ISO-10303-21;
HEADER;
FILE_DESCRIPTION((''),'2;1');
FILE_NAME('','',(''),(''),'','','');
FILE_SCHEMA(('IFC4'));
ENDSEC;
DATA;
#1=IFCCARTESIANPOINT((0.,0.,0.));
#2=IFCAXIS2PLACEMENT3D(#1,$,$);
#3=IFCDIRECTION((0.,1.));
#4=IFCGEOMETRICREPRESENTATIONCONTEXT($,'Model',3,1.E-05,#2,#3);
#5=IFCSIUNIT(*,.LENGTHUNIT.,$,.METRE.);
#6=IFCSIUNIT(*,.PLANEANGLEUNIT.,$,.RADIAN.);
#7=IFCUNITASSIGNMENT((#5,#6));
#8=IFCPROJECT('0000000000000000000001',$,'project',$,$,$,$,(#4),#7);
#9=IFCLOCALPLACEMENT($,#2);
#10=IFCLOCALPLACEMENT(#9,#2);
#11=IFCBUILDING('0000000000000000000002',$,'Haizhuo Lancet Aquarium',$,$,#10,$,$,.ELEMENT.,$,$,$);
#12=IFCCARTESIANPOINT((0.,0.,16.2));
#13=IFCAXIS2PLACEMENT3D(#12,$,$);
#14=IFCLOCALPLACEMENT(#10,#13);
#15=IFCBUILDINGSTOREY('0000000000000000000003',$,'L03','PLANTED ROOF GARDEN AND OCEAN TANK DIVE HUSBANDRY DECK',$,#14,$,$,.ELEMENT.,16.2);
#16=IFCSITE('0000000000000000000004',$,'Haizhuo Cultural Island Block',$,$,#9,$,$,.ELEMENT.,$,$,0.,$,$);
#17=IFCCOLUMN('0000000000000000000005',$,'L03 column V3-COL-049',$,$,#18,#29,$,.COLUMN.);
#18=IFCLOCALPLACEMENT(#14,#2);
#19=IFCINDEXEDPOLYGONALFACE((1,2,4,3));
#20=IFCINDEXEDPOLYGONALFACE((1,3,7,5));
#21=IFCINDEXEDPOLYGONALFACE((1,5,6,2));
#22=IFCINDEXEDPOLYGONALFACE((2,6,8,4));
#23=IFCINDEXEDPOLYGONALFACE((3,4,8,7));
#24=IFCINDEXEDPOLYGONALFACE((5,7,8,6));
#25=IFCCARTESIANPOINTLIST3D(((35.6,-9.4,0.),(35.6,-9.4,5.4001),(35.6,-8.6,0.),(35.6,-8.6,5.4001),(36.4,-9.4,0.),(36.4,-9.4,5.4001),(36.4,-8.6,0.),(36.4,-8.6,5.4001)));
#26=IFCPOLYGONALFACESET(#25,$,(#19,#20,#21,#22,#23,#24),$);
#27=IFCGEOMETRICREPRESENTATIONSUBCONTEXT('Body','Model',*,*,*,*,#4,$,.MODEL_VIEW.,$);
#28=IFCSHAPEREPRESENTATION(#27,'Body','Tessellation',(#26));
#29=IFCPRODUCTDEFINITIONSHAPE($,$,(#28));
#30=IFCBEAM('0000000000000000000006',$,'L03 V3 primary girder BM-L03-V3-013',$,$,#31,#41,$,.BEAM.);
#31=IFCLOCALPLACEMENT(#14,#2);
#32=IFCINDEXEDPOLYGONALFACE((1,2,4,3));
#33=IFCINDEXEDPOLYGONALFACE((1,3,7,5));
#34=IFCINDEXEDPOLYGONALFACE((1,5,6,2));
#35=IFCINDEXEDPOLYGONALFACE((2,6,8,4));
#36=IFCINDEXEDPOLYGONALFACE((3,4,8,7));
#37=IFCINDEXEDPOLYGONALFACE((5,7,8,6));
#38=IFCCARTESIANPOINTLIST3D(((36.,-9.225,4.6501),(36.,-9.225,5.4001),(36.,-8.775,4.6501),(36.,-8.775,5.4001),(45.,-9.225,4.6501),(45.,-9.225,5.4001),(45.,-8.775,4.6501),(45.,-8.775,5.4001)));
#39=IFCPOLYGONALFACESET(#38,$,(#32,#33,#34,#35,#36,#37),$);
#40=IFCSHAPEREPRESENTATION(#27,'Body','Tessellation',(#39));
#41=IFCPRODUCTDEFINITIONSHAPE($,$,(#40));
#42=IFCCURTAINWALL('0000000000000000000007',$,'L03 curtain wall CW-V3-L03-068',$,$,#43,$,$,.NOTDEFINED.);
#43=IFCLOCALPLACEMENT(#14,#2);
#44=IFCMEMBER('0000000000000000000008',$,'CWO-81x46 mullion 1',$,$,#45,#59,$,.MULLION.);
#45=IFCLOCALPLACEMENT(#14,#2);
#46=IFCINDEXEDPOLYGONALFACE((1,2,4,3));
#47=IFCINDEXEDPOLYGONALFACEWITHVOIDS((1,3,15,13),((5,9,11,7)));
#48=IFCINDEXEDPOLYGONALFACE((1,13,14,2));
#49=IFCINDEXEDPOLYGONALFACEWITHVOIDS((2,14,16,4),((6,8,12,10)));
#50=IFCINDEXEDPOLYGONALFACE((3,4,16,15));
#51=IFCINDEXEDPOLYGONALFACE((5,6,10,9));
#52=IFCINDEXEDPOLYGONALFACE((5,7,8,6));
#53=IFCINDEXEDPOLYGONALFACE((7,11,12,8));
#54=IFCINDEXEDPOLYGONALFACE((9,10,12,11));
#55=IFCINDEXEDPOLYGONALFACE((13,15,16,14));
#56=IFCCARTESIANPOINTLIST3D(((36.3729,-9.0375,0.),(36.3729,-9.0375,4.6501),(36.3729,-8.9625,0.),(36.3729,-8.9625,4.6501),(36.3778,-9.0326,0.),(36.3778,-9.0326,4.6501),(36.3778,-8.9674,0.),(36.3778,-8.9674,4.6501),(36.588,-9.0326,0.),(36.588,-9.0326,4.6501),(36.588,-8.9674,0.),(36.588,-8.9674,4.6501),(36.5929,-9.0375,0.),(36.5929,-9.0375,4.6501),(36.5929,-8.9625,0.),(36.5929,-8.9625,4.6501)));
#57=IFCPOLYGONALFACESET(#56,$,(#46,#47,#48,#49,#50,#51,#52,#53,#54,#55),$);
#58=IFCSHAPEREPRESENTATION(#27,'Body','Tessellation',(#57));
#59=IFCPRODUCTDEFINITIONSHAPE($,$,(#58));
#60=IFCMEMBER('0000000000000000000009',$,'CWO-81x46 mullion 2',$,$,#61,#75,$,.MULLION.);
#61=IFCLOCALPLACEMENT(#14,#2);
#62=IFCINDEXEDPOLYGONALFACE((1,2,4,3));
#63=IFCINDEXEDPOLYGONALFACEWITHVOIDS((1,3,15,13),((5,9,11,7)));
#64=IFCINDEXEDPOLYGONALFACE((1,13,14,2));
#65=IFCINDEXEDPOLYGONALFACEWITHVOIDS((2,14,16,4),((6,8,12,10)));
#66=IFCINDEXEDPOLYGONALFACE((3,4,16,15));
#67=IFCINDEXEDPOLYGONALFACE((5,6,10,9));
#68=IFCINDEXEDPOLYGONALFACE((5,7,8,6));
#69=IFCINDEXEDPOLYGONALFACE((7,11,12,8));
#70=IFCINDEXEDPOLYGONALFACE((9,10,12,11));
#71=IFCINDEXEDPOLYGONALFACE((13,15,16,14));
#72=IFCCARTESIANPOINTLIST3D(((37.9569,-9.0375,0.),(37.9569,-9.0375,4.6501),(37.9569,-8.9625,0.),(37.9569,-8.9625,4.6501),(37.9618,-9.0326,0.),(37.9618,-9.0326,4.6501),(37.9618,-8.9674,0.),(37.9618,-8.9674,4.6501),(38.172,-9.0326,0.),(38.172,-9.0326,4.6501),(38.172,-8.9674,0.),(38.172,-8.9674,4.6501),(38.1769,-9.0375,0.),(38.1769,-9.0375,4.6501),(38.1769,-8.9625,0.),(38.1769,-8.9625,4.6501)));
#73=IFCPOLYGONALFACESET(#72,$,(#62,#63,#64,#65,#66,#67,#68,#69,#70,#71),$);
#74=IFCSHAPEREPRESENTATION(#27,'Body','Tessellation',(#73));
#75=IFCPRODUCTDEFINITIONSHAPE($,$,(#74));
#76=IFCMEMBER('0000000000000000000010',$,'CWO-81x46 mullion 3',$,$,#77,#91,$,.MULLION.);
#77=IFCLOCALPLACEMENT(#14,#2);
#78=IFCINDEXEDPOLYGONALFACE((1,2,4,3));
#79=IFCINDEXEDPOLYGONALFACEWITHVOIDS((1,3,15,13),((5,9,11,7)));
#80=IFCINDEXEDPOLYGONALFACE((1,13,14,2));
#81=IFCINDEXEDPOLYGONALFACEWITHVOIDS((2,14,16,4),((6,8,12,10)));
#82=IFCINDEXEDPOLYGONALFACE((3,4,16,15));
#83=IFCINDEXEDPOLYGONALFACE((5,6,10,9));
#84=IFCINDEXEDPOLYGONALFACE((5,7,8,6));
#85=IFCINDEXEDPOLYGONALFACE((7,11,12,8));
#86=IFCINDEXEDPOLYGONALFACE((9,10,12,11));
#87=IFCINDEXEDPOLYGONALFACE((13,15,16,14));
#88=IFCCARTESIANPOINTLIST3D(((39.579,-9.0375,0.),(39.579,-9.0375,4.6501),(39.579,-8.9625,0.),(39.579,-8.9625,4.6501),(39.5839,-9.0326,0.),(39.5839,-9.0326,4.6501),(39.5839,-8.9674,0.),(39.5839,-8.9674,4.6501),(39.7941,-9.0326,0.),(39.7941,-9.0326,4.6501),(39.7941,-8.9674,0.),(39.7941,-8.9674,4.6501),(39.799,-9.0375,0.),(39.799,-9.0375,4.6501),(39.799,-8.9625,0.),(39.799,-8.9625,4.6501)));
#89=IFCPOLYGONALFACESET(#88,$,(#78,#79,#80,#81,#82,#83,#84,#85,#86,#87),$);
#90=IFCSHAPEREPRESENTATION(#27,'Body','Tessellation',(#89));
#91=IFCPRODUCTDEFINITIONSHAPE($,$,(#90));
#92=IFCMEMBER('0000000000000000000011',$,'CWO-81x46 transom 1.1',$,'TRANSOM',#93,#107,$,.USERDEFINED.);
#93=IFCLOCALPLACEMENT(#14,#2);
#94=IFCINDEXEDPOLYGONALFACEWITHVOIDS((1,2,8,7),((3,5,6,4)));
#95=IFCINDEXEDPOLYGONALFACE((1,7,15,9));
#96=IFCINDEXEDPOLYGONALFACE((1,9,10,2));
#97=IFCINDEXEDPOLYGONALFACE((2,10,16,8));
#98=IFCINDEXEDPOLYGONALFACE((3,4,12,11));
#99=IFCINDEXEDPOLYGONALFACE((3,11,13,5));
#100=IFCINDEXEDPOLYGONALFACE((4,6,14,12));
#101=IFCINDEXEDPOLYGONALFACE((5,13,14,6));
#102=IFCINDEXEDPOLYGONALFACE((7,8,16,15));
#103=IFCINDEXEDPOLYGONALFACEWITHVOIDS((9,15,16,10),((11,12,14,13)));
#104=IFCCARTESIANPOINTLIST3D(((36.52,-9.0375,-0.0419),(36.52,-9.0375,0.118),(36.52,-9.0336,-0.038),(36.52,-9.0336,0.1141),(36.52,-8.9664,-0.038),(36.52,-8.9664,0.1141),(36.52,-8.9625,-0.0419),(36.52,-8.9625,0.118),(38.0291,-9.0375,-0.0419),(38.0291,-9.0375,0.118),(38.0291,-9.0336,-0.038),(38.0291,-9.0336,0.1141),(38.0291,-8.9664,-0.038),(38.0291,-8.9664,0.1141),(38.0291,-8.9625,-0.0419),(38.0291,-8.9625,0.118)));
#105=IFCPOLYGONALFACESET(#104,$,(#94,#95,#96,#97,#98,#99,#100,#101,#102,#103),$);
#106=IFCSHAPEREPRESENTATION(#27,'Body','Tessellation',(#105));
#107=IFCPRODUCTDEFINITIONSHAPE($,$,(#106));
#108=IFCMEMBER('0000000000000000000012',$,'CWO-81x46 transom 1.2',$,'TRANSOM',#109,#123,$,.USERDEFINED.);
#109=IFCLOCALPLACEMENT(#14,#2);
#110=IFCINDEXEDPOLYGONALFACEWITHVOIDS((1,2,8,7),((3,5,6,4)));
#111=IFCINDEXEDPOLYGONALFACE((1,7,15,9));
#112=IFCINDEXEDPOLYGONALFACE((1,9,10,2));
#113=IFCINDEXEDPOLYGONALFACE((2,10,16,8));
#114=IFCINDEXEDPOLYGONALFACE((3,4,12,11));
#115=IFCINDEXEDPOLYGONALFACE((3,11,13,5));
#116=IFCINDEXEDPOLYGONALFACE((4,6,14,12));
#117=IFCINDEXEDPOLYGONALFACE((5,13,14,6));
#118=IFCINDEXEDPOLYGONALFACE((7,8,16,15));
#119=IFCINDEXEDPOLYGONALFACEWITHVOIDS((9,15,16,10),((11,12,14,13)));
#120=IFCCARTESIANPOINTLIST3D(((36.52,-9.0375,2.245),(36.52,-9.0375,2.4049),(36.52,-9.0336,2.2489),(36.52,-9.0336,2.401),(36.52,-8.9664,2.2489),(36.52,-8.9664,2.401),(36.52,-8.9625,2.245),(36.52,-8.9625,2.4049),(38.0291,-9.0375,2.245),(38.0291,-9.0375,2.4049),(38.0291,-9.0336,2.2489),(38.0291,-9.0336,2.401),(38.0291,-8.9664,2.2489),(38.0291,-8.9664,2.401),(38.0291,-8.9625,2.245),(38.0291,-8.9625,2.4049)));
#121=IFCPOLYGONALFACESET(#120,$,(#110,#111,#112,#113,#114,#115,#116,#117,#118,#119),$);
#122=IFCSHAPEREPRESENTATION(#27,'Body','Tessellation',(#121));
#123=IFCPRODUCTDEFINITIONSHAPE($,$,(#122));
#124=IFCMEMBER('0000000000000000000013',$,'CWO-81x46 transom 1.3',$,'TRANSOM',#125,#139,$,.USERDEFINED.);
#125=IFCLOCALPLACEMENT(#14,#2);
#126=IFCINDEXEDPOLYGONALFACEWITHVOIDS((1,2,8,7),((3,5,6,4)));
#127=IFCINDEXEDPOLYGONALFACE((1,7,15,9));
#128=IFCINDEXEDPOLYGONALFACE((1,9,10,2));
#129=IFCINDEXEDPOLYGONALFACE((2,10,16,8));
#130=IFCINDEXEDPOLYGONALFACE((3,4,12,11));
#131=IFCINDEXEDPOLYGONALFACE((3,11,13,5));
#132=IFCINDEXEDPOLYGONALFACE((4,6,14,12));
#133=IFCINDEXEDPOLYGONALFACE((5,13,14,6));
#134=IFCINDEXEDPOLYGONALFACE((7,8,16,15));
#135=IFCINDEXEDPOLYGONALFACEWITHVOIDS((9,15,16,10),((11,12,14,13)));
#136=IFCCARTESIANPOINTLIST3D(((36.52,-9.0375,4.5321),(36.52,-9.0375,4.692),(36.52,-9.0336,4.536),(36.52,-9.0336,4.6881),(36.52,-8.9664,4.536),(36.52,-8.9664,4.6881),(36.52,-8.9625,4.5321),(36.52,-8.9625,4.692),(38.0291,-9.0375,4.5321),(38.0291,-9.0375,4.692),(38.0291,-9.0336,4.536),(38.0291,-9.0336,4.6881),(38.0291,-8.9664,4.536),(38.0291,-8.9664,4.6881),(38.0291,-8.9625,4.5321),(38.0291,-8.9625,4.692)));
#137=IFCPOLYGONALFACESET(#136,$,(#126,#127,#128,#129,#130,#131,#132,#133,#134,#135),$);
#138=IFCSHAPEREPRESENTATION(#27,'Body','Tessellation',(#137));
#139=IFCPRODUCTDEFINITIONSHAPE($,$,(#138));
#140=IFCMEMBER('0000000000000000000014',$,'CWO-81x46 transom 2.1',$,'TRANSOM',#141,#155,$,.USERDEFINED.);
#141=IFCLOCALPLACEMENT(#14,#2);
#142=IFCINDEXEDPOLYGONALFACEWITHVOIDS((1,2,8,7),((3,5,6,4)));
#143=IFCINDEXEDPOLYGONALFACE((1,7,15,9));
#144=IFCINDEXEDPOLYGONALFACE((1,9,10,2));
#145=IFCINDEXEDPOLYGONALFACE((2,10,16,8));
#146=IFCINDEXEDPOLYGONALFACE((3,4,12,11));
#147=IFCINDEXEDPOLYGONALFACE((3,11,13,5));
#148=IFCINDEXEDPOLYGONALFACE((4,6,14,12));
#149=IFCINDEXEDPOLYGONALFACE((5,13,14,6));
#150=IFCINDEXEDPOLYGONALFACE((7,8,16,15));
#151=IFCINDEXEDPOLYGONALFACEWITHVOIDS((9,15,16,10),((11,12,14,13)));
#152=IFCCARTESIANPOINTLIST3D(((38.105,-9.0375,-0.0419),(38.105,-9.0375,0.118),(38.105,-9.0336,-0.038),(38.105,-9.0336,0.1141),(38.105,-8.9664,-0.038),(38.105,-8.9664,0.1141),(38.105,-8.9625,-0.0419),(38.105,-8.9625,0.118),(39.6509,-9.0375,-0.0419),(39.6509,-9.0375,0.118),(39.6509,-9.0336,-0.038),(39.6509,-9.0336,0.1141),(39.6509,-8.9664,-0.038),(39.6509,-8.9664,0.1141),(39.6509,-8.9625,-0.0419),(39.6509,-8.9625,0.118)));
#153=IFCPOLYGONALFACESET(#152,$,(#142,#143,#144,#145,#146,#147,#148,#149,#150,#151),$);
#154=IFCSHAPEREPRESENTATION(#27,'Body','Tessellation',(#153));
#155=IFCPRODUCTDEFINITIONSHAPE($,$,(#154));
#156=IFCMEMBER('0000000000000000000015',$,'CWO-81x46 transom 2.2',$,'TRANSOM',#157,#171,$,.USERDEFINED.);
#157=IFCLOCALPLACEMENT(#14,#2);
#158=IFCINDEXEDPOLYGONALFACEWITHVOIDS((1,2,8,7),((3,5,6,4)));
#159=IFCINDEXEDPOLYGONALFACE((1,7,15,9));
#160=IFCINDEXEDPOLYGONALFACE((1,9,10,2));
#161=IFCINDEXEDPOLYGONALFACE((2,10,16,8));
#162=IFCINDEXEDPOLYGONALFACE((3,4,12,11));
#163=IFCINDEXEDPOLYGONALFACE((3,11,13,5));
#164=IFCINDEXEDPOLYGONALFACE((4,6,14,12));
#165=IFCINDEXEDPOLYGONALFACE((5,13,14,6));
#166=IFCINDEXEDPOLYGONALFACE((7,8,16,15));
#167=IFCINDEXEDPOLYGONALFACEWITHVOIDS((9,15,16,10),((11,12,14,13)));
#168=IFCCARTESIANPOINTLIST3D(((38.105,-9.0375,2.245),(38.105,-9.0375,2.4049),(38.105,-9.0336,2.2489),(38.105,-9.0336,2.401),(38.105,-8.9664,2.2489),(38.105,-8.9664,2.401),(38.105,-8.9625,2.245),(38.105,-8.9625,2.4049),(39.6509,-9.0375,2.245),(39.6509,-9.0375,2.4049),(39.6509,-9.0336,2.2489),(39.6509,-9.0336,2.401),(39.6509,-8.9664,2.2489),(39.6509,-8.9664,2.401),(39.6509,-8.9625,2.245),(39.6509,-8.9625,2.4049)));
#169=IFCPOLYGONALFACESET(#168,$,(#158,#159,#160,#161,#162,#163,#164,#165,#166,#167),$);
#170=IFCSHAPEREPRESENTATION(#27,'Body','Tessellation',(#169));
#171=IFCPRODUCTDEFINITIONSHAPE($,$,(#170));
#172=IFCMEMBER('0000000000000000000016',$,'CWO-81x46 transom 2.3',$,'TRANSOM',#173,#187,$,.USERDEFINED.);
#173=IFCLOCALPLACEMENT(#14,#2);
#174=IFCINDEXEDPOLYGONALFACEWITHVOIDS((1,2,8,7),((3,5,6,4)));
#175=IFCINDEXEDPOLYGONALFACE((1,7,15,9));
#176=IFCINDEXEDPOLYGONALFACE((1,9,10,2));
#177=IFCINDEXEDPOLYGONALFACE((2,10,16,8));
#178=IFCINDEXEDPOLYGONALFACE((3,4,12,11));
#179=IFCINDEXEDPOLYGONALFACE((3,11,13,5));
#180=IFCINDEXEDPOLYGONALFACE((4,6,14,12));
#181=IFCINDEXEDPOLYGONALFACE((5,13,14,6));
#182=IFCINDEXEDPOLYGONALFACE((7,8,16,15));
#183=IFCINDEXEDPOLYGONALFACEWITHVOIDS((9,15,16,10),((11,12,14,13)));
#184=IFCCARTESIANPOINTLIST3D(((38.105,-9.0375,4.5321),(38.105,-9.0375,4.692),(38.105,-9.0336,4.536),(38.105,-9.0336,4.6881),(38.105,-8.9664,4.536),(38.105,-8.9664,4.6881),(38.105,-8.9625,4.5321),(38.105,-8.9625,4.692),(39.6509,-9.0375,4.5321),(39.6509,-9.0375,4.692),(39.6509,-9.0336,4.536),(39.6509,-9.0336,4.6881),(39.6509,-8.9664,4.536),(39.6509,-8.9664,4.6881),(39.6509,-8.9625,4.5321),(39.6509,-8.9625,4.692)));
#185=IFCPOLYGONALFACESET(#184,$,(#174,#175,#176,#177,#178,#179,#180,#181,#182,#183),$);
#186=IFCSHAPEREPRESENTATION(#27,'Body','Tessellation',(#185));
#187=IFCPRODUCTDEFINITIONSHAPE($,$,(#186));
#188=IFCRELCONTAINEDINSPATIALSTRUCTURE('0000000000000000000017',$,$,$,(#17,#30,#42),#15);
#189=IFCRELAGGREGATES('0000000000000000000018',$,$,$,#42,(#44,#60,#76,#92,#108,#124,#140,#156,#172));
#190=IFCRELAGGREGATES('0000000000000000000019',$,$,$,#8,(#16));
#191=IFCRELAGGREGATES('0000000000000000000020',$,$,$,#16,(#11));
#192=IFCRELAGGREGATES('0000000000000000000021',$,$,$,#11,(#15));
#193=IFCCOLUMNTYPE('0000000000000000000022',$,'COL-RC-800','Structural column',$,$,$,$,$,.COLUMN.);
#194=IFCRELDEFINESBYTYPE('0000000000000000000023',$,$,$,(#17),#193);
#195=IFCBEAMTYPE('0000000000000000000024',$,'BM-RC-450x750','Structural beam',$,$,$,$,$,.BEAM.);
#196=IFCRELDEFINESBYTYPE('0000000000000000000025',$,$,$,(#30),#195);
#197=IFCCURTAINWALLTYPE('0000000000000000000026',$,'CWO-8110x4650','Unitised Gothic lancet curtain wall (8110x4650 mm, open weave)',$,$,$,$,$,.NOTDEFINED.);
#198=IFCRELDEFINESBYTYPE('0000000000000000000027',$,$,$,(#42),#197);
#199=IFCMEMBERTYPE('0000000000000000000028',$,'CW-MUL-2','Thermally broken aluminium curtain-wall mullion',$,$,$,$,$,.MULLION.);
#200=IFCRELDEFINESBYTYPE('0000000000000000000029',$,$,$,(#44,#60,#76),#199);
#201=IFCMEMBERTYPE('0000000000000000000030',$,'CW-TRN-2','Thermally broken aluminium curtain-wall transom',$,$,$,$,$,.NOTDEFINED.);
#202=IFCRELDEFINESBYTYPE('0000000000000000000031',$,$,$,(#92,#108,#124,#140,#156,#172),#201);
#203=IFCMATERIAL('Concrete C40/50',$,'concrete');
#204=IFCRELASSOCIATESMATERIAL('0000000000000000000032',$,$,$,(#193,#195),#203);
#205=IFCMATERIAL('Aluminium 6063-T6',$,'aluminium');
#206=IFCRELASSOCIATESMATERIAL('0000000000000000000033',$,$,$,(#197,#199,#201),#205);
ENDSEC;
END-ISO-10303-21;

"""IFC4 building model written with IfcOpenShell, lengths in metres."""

from ifc_helpers import new_model, si_unit, direction, frame, origin, origin_2d, place, context, subcontext, project, spatial, rectangle, hollow_rectangle, extrude, material, material_profile, profile_set, type_object, element, aggregate, save


model = new_model("IFC4")

# Units and contexts
model_context = context("Model", 3, precision=1e-05, world=origin(), true_north=direction((0.0, 1.0)))
body_context = subcontext(model_context, "Body", "Model", "MODEL_VIEW")
ifc_project = project(units=[si_unit("LENGTHUNIT", "METRE"), si_unit("PLANEANGLEUNIT", "RADIAN")], contexts=[model_context])

# Site, building, storey
site_placement = place(None, origin())
site = spatial("IfcSite", under=ifc_project, at=site_placement, Name="Haizhuo Cultural Island Block", CompositionType="ELEMENT", RefElevation=0.0)
building_placement = place(site_placement, origin())
building = spatial("IfcBuilding", under=site, at=building_placement, Name="Haizhuo Lancet Aquarium", CompositionType="ELEMENT")
storey_placement = place(building_placement, frame((0.0, 0.0, 16.2)))
storey = spatial("IfcBuildingStorey", under=building, at=storey_placement, Name="L03", Description="PLANTED ROOF GARDEN AND OCEAN TANK DIVE HUSBANDRY DECK", CompositionType="ELEMENT", Elevation=16.2)

# Column
ifc_material_1 = material(Name="Concrete C40/50", Category="concrete")
ifc_material_profile_1 = material_profile(ifc_material_1, rectangle(XDim=0.8, YDim=0.8, at=origin_2d()), Name="RC-COL 800x800")
ifc_profile_set_1 = profile_set([ifc_material_profile_1], Name="Concrete C40/50")
column_type = type_object("IfcColumnType", Name="COL-RC-800", Description="Structural column", PredefinedType="COLUMN", material=ifc_profile_set_1)
column_placement = place(storey_placement, frame((36.0, -9.0, 0.0), z_axis=(0.0, 0.0, 1.0), x_axis=(1.0, 0.0, 0.0)))
element("IfcColumn", 1, at=column_placement, inside=storey, type_object=column_type, Name="L03 column V3-COL-049", PredefinedType="COLUMN", context=body_context, shape_type="SweptSolid", body=[
    extrude(rectangle(XDim=0.8, YDim=0.8, at=origin_2d()), origin(), (0.0, 0.0, 1.0), 5.4001),
])

# Beam
ifc_material_profile_2 = material_profile(ifc_material_1, rectangle(XDim=0.45, YDim=0.75, at=origin_2d()), Name="RC-BM 450x750")
ifc_profile_set_2 = profile_set([ifc_material_profile_2], Name="Concrete C40/50")
beam_type = type_object("IfcBeamType", Name="BM-RC-450x750", Description="Structural beam", PredefinedType="BEAM", material=ifc_profile_set_2)
beam_placement = place(storey_placement, frame((36.0, -9.0, 5.0251), z_axis=(1.0, 0.0, 0.0), x_axis=(0.0, 1.0, 0.0)))
element("IfcBeam", 2, at=beam_placement, inside=storey, type_object=beam_type, Name="L03 V3 primary girder BM-L03-V3-013", PredefinedType="BEAM", context=body_context, shape_type="SweptSolid", body=[
    extrude(rectangle(XDim=0.45, YDim=0.75, at=origin_2d()), origin(), (0.0, 0.0, 1.0), 9.0),
])

# Curtain wall, members
ifc_material_2 = material(Name="Aluminium 6063-T6", Category="aluminium")
curtain_wall_type = type_object("IfcCurtainWallType", Name="CWO-8110x4650", Description="Unitised Gothic lancet curtain wall (8110x4650 mm, open weave)", PredefinedType="NOTDEFINED", material=ifc_material_2)
curtain_wall_placement = place(storey_placement, origin())
curtain_wall = element("IfcCurtainWall", 3, at=curtain_wall_placement, inside=storey, type_object=curtain_wall_type, Name="L03 curtain wall CW-V3-L03-068", PredefinedType="NOTDEFINED")
ifc_material_profile_3 = material_profile(ifc_material_2, hollow_rectangle(XDim=0.075, YDim=0.22, WallThickness=0.0049, at=origin_2d()), Name="ALU-M 75x220x5")
ifc_profile_set_3 = profile_set([ifc_material_profile_3], Name="Aluminium 6063-T6")
member_type_1 = type_object("IfcMemberType", Name="CW-MUL-2", Description="Thermally broken aluminium curtain-wall mullion", PredefinedType="MULLION", material=ifc_profile_set_3)
member_1_placement = place(storey_placement, frame((36.4829, -9.0, 0.0), z_axis=(0.0, 0.0, 1.0), x_axis=(0.0, 1.0, 0.0)))
member_1 = element("IfcMember", 4, at=member_1_placement, type_object=member_type_1, Name="CWO-81x46 mullion 1", PredefinedType="MULLION", context=body_context, shape_type="SweptSolid", body=[
    extrude(hollow_rectangle(XDim=0.075, YDim=0.22, WallThickness=0.0049, at=origin_2d()), origin(), (0.0, 0.0, 1.0), 4.6501),
])
member_2_placement = place(storey_placement, frame((38.0669, -9.0, 0.0), z_axis=(0.0, 0.0, 1.0), x_axis=(0.0, 1.0, 0.0)))
member_2 = element("IfcMember", 5, at=member_2_placement, type_object=member_type_1, Name="CWO-81x46 mullion 2", PredefinedType="MULLION", context=body_context, shape_type="SweptSolid", body=[
    extrude(hollow_rectangle(XDim=0.075, YDim=0.22, WallThickness=0.0049, at=origin_2d()), origin(), (0.0, 0.0, 1.0), 4.6501),
])
member_3_placement = place(storey_placement, frame((39.689, -9.0, 0.0), z_axis=(0.0, 0.0, 1.0), x_axis=(0.0, 1.0, 0.0)))
member_3 = element("IfcMember", 6, at=member_3_placement, type_object=member_type_1, Name="CWO-81x46 mullion 3", PredefinedType="MULLION", context=body_context, shape_type="SweptSolid", body=[
    extrude(hollow_rectangle(XDim=0.075, YDim=0.22, WallThickness=0.0049, at=origin_2d()), origin(), (0.0, 0.0, 1.0), 4.6501),
])
ifc_material_profile_4 = material_profile(ifc_material_2, hollow_rectangle(XDim=0.075, YDim=0.1599, WallThickness=0.0039, at=origin_2d()), Name="ALU-T 75x160x4")
ifc_profile_set_4 = profile_set([ifc_material_profile_4], Name="Aluminium 6063-T6")
member_type_2 = type_object("IfcMemberType", Name="CW-TRN-2", Description="Thermally broken aluminium curtain-wall transom", PredefinedType="NOTDEFINED", material=ifc_profile_set_4)
member_4_placement = place(storey_placement, frame((36.52, -9.0, 0.0381), z_axis=(1.0, 0.0, 0.0), x_axis=(0.0, 1.0, 0.0)))
member_4 = element("IfcMember", 7, at=member_4_placement, type_object=member_type_2, Name="CWO-81x46 transom 1.1", ObjectType="TRANSOM", PredefinedType="USERDEFINED", context=body_context, shape_type="SweptSolid", body=[
    extrude(hollow_rectangle(XDim=0.075, YDim=0.1599, WallThickness=0.0039, at=origin_2d()), origin(), (0.0, 0.0, 1.0), 1.509),
])
member_5_placement = place(storey_placement, frame((36.52, -9.0, 2.325), z_axis=(1.0, 0.0, 0.0), x_axis=(0.0, 1.0, 0.0)))
member_5 = element("IfcMember", 8, at=member_5_placement, type_object=member_type_2, Name="CWO-81x46 transom 1.2", ObjectType="TRANSOM", PredefinedType="USERDEFINED", context=body_context, shape_type="SweptSolid", body=[
    extrude(hollow_rectangle(XDim=0.075, YDim=0.1599, WallThickness=0.0039, at=origin_2d()), origin(), (0.0, 0.0, 1.0), 1.509),
])
member_6_placement = place(storey_placement, frame((36.52, -9.0, 4.6121), z_axis=(1.0, 0.0, 0.0), x_axis=(0.0, 1.0, 0.0)))
member_6 = element("IfcMember", 9, at=member_6_placement, type_object=member_type_2, Name="CWO-81x46 transom 1.3", ObjectType="TRANSOM", PredefinedType="USERDEFINED", context=body_context, shape_type="SweptSolid", body=[
    extrude(hollow_rectangle(XDim=0.075, YDim=0.1599, WallThickness=0.0039, at=origin_2d()), origin(), (0.0, 0.0, 1.0), 1.509),
])
member_7_placement = place(storey_placement, frame((38.105, -9.0, 0.0381), z_axis=(1.0, 0.0, 0.0), x_axis=(0.0, 1.0, 0.0)))
member_7 = element("IfcMember", 10, at=member_7_placement, type_object=member_type_2, Name="CWO-81x46 transom 2.1", ObjectType="TRANSOM", PredefinedType="USERDEFINED", context=body_context, shape_type="SweptSolid", body=[
    extrude(hollow_rectangle(XDim=0.075, YDim=0.1599, WallThickness=0.0039, at=origin_2d()), origin(), (0.0, 0.0, 1.0), 1.5459),
])
member_8_placement = place(storey_placement, frame((38.105, -9.0, 2.325), z_axis=(1.0, 0.0, 0.0), x_axis=(0.0, 1.0, 0.0)))
member_8 = element("IfcMember", 11, at=member_8_placement, type_object=member_type_2, Name="CWO-81x46 transom 2.2", ObjectType="TRANSOM", PredefinedType="USERDEFINED", context=body_context, shape_type="SweptSolid", body=[
    extrude(hollow_rectangle(XDim=0.075, YDim=0.1599, WallThickness=0.0039, at=origin_2d()), origin(), (0.0, 0.0, 1.0), 1.5459),
])
member_9_placement = place(storey_placement, frame((38.105, -9.0, 4.6121), z_axis=(1.0, 0.0, 0.0), x_axis=(0.0, 1.0, 0.0)))
member_9 = element("IfcMember", 12, at=member_9_placement, type_object=member_type_2, Name="CWO-81x46 transom 2.3", ObjectType="TRANSOM", PredefinedType="USERDEFINED", context=body_context, shape_type="SweptSolid", body=[
    extrude(hollow_rectangle(XDim=0.075, YDim=0.1599, WallThickness=0.0039, at=origin_2d()), origin(), (0.0, 0.0, 1.0), 1.5459),
])

aggregate(curtain_wall, [member_1, member_2, member_3, member_4, member_5, member_6, member_7, member_8, member_9])

save(model, "model.ifc")
